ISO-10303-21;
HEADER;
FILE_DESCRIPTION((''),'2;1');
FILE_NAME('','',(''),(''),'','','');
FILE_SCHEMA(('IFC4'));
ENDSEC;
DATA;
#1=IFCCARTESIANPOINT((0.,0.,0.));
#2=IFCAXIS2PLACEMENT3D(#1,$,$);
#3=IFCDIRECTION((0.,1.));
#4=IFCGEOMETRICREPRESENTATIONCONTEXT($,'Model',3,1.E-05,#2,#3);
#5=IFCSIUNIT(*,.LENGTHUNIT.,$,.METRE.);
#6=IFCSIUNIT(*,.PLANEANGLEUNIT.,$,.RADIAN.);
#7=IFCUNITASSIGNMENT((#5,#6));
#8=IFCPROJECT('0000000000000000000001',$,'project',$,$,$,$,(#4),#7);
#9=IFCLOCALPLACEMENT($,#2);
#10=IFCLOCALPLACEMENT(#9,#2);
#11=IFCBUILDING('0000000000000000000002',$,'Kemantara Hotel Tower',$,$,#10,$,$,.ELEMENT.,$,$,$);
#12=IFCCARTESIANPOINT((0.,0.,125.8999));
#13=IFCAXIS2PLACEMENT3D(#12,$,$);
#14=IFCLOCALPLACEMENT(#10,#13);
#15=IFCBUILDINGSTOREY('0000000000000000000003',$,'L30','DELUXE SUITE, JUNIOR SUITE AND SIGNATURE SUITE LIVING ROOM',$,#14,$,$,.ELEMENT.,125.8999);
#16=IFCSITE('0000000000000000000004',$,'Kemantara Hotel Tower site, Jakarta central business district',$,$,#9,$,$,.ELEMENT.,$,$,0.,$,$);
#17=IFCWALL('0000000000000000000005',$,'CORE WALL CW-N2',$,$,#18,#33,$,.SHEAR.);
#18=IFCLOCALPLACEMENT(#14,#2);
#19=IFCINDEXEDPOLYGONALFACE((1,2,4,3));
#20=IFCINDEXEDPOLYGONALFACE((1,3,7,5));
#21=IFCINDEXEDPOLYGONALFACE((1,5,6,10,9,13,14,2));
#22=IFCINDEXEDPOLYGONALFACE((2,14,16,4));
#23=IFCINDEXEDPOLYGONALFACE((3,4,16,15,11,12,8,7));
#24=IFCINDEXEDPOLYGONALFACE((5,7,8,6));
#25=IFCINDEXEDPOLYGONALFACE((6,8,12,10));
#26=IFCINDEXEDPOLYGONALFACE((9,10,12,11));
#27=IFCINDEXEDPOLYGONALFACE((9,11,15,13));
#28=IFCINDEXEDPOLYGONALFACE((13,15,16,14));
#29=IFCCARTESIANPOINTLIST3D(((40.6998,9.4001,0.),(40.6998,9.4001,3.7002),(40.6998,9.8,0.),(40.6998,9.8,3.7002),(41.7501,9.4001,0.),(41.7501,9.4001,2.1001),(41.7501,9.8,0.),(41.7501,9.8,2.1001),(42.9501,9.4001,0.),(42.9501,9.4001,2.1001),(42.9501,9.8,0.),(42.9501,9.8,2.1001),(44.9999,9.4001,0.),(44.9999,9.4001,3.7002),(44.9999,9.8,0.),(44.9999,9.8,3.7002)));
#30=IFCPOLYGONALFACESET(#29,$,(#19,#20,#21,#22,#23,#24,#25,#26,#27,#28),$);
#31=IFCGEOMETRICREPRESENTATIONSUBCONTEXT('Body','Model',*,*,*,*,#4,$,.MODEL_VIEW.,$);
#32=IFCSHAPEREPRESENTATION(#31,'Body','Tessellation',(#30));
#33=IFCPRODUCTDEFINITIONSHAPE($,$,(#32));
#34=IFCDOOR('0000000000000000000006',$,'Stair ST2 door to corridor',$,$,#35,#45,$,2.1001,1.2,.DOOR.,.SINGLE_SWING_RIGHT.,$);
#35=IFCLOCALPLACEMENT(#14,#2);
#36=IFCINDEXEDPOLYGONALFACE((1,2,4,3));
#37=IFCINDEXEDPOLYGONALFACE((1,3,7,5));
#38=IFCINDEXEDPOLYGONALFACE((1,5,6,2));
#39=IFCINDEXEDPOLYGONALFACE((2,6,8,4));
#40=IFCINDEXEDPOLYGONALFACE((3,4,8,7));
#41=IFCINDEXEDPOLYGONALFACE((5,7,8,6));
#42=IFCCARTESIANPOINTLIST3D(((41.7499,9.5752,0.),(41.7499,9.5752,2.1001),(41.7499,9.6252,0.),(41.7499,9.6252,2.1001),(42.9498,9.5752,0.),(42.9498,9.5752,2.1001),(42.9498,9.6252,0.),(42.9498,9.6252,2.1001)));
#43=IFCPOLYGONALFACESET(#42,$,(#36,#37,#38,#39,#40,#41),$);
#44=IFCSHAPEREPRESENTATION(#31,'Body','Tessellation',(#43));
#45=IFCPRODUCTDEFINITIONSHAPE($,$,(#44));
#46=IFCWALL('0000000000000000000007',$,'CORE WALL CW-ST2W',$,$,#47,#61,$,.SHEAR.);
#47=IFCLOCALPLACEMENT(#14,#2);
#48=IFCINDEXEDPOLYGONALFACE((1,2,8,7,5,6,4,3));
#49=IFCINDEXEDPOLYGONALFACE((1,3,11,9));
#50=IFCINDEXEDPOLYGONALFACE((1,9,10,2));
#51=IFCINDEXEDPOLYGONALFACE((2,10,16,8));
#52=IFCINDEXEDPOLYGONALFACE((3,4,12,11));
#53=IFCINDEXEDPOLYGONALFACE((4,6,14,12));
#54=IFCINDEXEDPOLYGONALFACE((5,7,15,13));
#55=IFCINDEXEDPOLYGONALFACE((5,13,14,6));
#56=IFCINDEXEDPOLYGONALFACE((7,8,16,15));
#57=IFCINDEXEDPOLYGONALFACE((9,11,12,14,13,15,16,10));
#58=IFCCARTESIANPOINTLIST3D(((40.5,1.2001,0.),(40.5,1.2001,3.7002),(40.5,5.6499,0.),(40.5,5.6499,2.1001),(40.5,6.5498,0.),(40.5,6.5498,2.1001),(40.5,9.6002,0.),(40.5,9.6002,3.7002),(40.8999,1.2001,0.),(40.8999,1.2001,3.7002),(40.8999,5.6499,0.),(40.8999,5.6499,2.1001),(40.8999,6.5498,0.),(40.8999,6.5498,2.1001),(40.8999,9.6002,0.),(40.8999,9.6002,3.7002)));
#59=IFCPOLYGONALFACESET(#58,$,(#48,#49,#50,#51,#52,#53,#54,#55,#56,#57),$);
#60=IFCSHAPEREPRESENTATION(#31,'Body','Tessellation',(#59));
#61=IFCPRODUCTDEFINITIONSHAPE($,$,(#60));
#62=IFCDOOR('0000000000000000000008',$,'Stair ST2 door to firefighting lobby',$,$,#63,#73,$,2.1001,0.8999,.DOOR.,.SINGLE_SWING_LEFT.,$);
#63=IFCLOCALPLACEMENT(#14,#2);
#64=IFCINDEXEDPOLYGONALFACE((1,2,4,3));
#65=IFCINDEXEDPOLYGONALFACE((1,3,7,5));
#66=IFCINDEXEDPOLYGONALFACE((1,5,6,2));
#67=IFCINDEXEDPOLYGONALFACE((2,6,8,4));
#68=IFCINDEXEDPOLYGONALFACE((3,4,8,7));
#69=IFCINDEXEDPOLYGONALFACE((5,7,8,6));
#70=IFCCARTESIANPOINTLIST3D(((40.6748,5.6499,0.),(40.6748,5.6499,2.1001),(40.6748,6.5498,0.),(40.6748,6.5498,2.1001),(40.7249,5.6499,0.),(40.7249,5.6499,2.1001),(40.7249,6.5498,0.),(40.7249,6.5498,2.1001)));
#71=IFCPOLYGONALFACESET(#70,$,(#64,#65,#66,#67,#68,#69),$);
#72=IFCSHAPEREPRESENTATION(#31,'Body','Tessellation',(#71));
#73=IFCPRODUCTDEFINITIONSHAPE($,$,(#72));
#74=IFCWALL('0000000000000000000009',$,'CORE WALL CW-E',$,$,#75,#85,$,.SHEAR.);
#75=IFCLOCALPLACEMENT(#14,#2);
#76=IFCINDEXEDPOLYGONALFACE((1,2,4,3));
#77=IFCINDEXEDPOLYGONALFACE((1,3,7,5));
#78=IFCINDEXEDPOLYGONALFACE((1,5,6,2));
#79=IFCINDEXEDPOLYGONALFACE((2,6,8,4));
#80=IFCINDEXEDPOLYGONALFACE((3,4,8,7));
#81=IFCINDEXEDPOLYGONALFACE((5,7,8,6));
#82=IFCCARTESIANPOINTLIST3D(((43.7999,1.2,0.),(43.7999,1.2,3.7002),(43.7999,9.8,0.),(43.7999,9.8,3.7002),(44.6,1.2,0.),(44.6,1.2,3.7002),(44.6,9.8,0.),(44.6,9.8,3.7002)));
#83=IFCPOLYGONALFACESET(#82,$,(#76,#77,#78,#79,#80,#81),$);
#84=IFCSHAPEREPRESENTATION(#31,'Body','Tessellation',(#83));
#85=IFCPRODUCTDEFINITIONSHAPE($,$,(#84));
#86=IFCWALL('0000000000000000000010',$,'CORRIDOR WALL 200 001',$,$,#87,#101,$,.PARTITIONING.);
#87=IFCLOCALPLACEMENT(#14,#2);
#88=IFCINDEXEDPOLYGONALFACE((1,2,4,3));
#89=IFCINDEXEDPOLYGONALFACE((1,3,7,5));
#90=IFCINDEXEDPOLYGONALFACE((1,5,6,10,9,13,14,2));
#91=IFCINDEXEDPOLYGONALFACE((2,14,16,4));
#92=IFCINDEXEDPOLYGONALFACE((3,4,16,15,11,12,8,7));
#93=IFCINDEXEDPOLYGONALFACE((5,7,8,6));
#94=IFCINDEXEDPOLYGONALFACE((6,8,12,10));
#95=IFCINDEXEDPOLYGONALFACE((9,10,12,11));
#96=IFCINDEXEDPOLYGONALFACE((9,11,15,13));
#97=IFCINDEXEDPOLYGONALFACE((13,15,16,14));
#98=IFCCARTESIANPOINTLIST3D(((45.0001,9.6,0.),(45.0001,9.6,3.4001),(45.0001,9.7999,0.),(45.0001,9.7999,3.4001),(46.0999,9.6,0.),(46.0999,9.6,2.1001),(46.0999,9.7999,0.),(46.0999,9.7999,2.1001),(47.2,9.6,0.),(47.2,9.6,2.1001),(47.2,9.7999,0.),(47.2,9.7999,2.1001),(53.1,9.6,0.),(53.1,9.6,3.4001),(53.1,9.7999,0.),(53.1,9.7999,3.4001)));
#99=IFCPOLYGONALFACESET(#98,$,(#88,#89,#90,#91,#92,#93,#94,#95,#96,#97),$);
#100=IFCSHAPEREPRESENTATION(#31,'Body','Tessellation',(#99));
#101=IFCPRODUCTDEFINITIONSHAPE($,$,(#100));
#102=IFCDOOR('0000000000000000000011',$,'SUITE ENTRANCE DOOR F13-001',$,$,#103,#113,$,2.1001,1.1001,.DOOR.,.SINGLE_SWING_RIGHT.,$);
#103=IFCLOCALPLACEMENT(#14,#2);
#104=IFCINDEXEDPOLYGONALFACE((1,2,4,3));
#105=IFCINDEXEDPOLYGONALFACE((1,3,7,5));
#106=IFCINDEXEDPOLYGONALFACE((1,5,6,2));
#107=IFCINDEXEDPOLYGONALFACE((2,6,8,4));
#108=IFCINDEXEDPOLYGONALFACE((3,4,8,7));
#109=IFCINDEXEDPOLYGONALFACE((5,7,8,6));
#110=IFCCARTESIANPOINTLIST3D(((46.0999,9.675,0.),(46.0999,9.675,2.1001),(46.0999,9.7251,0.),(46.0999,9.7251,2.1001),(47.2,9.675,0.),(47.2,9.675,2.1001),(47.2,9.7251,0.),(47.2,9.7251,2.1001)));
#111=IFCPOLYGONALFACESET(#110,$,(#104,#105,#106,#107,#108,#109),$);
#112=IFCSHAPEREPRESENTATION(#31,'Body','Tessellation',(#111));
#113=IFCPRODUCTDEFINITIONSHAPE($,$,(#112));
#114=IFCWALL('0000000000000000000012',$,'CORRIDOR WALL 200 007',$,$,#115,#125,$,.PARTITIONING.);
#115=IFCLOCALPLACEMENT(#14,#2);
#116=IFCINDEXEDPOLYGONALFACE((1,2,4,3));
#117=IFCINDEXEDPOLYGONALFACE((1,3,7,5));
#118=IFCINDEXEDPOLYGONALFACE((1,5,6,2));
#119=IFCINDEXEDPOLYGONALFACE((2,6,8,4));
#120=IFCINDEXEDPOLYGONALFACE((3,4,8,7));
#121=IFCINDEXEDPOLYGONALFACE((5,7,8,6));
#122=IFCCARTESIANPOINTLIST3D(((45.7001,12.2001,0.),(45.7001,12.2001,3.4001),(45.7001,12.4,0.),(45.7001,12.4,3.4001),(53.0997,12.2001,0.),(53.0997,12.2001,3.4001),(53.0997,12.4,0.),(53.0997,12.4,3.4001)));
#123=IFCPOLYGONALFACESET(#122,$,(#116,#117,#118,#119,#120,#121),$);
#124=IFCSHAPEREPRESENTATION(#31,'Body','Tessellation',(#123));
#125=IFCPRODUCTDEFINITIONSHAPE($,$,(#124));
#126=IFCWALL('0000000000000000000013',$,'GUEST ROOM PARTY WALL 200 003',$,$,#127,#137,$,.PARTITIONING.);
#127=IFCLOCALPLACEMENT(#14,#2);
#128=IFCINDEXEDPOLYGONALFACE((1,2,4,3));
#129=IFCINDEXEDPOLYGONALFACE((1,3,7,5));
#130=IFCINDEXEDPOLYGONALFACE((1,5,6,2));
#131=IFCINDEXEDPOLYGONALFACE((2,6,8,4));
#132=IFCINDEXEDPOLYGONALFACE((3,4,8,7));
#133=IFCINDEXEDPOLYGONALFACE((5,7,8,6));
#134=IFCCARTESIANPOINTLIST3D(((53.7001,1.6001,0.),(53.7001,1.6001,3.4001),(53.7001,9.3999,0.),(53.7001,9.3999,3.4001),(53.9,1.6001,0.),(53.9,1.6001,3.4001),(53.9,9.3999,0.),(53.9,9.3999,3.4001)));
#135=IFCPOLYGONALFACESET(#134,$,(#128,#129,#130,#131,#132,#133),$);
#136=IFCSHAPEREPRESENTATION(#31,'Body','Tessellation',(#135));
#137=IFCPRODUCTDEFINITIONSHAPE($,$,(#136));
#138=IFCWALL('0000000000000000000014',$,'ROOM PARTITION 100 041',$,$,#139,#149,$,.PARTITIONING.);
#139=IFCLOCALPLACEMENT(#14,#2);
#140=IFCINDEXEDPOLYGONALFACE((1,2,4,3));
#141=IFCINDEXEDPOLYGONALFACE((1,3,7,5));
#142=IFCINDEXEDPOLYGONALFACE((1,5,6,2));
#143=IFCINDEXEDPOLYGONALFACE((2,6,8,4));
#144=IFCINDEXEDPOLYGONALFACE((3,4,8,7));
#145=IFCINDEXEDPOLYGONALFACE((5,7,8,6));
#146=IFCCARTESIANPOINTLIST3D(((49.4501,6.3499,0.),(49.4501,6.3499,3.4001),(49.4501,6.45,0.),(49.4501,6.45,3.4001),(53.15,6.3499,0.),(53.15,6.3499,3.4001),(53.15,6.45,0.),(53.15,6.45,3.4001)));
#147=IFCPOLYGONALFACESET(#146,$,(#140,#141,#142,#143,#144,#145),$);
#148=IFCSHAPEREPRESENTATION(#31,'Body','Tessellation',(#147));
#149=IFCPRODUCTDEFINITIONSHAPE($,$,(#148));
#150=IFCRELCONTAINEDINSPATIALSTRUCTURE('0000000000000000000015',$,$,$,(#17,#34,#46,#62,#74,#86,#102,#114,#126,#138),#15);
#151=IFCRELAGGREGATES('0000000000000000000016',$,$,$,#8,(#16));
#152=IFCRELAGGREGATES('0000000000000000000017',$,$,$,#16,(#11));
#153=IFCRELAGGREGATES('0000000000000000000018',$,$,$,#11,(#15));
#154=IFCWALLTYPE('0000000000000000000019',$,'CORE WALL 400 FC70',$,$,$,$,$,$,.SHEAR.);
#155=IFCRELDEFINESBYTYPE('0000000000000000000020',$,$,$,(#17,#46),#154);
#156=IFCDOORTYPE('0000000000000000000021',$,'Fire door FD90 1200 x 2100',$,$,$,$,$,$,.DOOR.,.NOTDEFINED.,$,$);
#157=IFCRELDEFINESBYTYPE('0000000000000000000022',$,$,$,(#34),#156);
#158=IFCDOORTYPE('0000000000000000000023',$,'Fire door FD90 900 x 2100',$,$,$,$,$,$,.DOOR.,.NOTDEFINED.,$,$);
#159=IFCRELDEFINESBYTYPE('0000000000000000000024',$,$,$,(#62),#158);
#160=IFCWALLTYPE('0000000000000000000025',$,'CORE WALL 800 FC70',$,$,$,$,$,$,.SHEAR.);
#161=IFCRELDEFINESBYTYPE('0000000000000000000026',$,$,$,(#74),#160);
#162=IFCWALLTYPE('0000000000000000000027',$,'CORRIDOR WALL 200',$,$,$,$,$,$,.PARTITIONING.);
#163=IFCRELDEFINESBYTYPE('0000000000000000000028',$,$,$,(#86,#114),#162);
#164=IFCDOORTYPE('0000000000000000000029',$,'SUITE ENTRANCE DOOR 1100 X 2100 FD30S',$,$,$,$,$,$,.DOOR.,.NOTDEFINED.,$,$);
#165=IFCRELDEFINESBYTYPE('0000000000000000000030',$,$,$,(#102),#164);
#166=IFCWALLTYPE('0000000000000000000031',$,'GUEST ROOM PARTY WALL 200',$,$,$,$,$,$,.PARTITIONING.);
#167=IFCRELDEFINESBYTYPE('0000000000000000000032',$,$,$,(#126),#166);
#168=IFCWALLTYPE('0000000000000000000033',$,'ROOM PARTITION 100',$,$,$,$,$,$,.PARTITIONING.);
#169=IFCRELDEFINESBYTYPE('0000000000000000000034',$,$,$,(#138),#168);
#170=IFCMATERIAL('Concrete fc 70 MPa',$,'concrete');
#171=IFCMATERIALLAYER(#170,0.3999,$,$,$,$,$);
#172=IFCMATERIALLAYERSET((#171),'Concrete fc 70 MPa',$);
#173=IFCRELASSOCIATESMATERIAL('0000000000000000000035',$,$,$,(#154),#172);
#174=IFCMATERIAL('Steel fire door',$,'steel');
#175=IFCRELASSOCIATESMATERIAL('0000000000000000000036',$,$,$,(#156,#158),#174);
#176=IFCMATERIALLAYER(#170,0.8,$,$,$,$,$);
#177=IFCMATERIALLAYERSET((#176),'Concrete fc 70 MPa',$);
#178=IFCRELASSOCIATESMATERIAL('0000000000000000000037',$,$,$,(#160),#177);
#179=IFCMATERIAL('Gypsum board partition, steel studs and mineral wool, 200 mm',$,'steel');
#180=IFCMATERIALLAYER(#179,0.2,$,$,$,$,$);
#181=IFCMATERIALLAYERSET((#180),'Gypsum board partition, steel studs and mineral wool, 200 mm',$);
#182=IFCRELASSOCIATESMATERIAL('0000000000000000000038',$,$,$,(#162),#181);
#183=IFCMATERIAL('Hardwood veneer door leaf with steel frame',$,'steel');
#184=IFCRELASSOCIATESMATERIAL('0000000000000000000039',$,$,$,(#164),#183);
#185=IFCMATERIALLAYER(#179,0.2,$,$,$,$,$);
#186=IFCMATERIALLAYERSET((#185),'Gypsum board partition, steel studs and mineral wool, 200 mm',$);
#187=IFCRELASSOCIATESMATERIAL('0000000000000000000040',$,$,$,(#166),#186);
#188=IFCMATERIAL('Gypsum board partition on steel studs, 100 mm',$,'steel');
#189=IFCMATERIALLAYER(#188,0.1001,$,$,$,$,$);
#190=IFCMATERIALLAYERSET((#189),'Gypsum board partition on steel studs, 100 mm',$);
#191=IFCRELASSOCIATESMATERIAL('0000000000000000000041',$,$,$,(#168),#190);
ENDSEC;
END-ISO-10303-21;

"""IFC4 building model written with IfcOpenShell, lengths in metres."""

from ifc_helpers import new_model, si_unit, direction, frame, frame_2d, origin, place, context, subcontext, project, spatial, rectangle, extrude, material, layer, layer_set, type_object, element, fill, save


model = new_model("IFC4")

# Units and contexts
model_context = context("Model", 3, precision=1e-05, world=origin(), true_north=direction((0.0, 1.0)))
body_context = subcontext(model_context, "Body", "Model", "MODEL_VIEW")
ifc_project = project(units=[si_unit("LENGTHUNIT", "METRE"), si_unit("PLANEANGLEUNIT", "RADIAN")], contexts=[model_context])

# Site, building, storey
site_placement = place(None, origin())
site = spatial("IfcSite", under=ifc_project, at=site_placement, Name="Kemantara Hotel Tower site, Jakarta central business district", CompositionType="ELEMENT", RefElevation=0.0)
building_placement = place(site_placement, origin())
building = spatial("IfcBuilding", under=site, at=building_placement, Name="Kemantara Hotel Tower", CompositionType="ELEMENT")
storey_placement = place(building_placement, frame((0.0, 0.0, 125.8999)))
storey = spatial("IfcBuildingStorey", under=building, at=storey_placement, Name="L30", Description="DELUXE SUITE, JUNIOR SUITE AND SIGNATURE SUITE LIVING ROOM", CompositionType="ELEMENT", Elevation=125.8999)

# Shared definitions
ifc_material_1 = material(Name="Concrete fc 70 MPa", Category="concrete")

# Walls, openings, doors
ifc_layer_1 = layer(ifc_material_1, 0.3999)
ifc_layer_set_1 = layer_set([ifc_layer_1], Name="Concrete fc 70 MPa")
wall_type_1 = type_object("IfcWallType", Name="CORE WALL 400 FC70", PredefinedType="SHEAR", material=ifc_layer_set_1)
wall_1_placement = place(storey_placement, frame((40.7, 9.6001, 0.0), z_axis=(0.0, 0.0, 1.0), x_axis=(1.0, 0.0, 0.0)))
wall_1 = element("IfcWall", 1, at=wall_1_placement, inside=storey, type_object=wall_type_1, Name="CORE WALL CW-N2", PredefinedType="SHEAR", context=body_context, shape_type="SweptSolid", body=[
    extrude(rectangle(XDim=4.3, YDim=0.3999, at=frame_2d((2.1499, 0.0))), origin(), (0.0, 0.0, 1.0), 3.7002),
])
opening_1_placement = place(wall_1_placement, frame((1.05, 0.0, 0.0)))
opening_1 = element("IfcOpeningElement", 2, at=opening_1_placement, cuts=wall_1, PredefinedType="OPENING", context=body_context, shape_type="SweptSolid", body=[
    extrude(rectangle(XDim=1.2, YDim=2.1001, at=frame_2d((0.6001, 1.05))), frame((0.0, 0.21, 0.0), z_axis=(0.0, -1.0, 0.0), x_axis=(1.0, 0.0, 0.0)), (0.0, 0.0, 1.0), 0.4199),
])
ifc_material_2 = material(Name="Steel fire door", Category="steel")
door_type_1 = type_object("IfcDoorType", Name="Fire door FD90 1200 x 2100", OperationType="NOTDEFINED", PredefinedType="DOOR", material=ifc_material_2)
door_1_placement = place(opening_1_placement, frame((1.2, 0.0, 0.0), z_axis=(0.0, 0.0, 1.0), x_axis=(-1.0, 0.0, 0.0)))
door_1 = element("IfcDoor", 3, at=door_1_placement, inside=storey, type_object=door_type_1, Name="Stair ST2 door to corridor", OperationType="SINGLE_SWING_RIGHT", OverallHeight=2.1001, OverallWidth=1.2, PredefinedType="DOOR", context=body_context, shape_type="SweptSolid", body=[
    extrude(rectangle(XDim=1.2, YDim=2.1001, at=frame_2d((0.6001, 1.05))), frame((0.0, 0.0249, 0.0), z_axis=(0.0, -1.0, 0.0), x_axis=(1.0, 0.0, 0.0)), (0.0, 0.0, 1.0), 0.05),
])
fill(opening_1, door_1)
wall_2_placement = place(storey_placement, frame((40.7, 1.2, 0.0), z_axis=(0.0, 0.0, 1.0), x_axis=(0.0, 1.0, 0.0)))
wall_2 = element("IfcWall", 4, at=wall_2_placement, inside=storey, type_object=wall_type_1, Name="CORE WALL CW-ST2W", PredefinedType="SHEAR", context=body_context, shape_type="SweptSolid", body=[
    extrude(rectangle(XDim=8.4001, YDim=0.3999, at=frame_2d((4.2002, 0.0))), origin(), (0.0, 0.0, 1.0), 3.7002),
])
opening_2_placement = place(wall_2_placement, frame((4.45, 0.0, 0.0)))
opening_2 = element("IfcOpeningElement", 5, at=opening_2_placement, cuts=wall_2, PredefinedType="OPENING", context=body_context, shape_type="SweptSolid", body=[
    extrude(rectangle(XDim=0.8999, YDim=2.1001, at=frame_2d((0.45, 1.05))), frame((0.0, 0.21, 0.0), z_axis=(0.0, -1.0, 0.0), x_axis=(1.0, 0.0, 0.0)), (0.0, 0.0, 1.0), 0.4199),
])
door_type_2 = type_object("IfcDoorType", Name="Fire door FD90 900 x 2100", OperationType="NOTDEFINED", PredefinedType="DOOR", material=ifc_material_2)
door_2_placement = place(opening_2_placement, frame((0.8999, 0.0, 0.0), z_axis=(0.0, 0.0, 1.0), x_axis=(-1.0, 0.0, 0.0)))
door_2 = element("IfcDoor", 6, at=door_2_placement, inside=storey, type_object=door_type_2, Name="Stair ST2 door to firefighting lobby", OperationType="SINGLE_SWING_LEFT", OverallHeight=2.1001, OverallWidth=0.8999, PredefinedType="DOOR", context=body_context, shape_type="SweptSolid", body=[
    extrude(rectangle(XDim=0.8999, YDim=2.1001, at=frame_2d((0.45, 1.05))), frame((0.0, 0.0249, 0.0), z_axis=(0.0, -1.0, 0.0), x_axis=(1.0, 0.0, 0.0)), (0.0, 0.0, 1.0), 0.05),
])
fill(opening_2, door_2)

# Wall
ifc_layer_2 = layer(ifc_material_1, 0.8)
ifc_layer_set_2 = layer_set([ifc_layer_2], Name="Concrete fc 70 MPa")
wall_type_2 = type_object("IfcWallType", Name="CORE WALL 800 FC70", PredefinedType="SHEAR", material=ifc_layer_set_2)
wall_3_placement = place(storey_placement, frame((44.2, 1.2, 0.0), z_axis=(0.0, 0.0, 1.0), x_axis=(0.0, 1.0, 0.0)))
element("IfcWall", 7, at=wall_3_placement, inside=storey, type_object=wall_type_2, Name="CORE WALL CW-E", PredefinedType="SHEAR", context=body_context, shape_type="SweptSolid", body=[
    extrude(rectangle(XDim=8.6001, YDim=0.8, at=frame_2d((4.3, 0.0))), origin(), (0.0, 0.0, 1.0), 3.7002),
])

# Wall, opening, door
ifc_material_3 = material(Name="Gypsum board partition, steel studs and mineral wool, 200 mm", Category="steel")
ifc_layer_3 = layer(ifc_material_3, 0.2)
ifc_layer_set_3 = layer_set([ifc_layer_3], Name="Gypsum board partition, steel studs and mineral wool, 200 mm")
wall_type_3 = type_object("IfcWallType", Name="CORRIDOR WALL 200", PredefinedType="PARTITIONING", material=ifc_layer_set_3)
wall_4_placement = place(storey_placement, frame((53.0999, 9.7, 0.0), z_axis=(0.0, 0.0, 1.0), x_axis=(-1.0, 0.0, 0.0)))
wall_4 = element("IfcWall", 8, at=wall_4_placement, inside=storey, type_object=wall_type_3, Name="CORRIDOR WALL 200 001", PredefinedType="PARTITIONING", context=body_context, shape_type="SweptSolid", body=[
    extrude(rectangle(XDim=8.0999, YDim=0.2, at=frame_2d((4.0498, 0.0))), origin(), (0.0, 0.0, 1.0), 3.4001),
])
opening_3_placement = place(wall_4_placement, frame((5.8999, 0.0, 0.0)))
opening_3 = element("IfcOpeningElement", 9, at=opening_3_placement, cuts=wall_4, PredefinedType="OPENING", context=body_context, shape_type="SweptSolid", body=[
    extrude(rectangle(XDim=1.1001, YDim=2.1001, at=frame_2d((0.55, 1.05))), frame((0.0, 0.1099, 0.0), z_axis=(0.0, -1.0, 0.0), x_axis=(1.0, 0.0, 0.0)), (0.0, 0.0, 1.0), 0.22),
])
ifc_material_4 = material(Name="Hardwood veneer door leaf with steel frame", Category="steel")
door_type_3 = type_object("IfcDoorType", Name="SUITE ENTRANCE DOOR 1100 X 2100 FD30S", OperationType="NOTDEFINED", PredefinedType="DOOR", material=ifc_material_4)
door_3_placement = place(opening_3_placement, origin())
door_3 = element("IfcDoor", 10, at=door_3_placement, inside=storey, type_object=door_type_3, Name="SUITE ENTRANCE DOOR F13-001", OperationType="SINGLE_SWING_RIGHT", OverallHeight=2.1001, OverallWidth=1.1001, PredefinedType="DOOR", context=body_context, shape_type="SweptSolid", body=[
    extrude(rectangle(XDim=1.1001, YDim=2.1001, at=frame_2d((0.55, 1.05))), frame((0.0, 0.0249, 0.0), z_axis=(0.0, -1.0, 0.0), x_axis=(1.0, 0.0, 0.0)), (0.0, 0.0, 1.0), 0.05),
])
fill(opening_3, door_3)

# Walls
wall_5_placement = place(storey_placement, frame((45.7002, 12.3, 0.0), z_axis=(0.0, 0.0, 1.0), x_axis=(1.0, 0.0, 0.0)))
element("IfcWall", 11, at=wall_5_placement, inside=storey, type_object=wall_type_3, Name="CORRIDOR WALL 200 007", PredefinedType="PARTITIONING", context=body_context, shape_type="SweptSolid", body=[
    extrude(rectangle(XDim=7.3997, YDim=0.2, at=frame_2d((3.6997, 0.0))), origin(), (0.0, 0.0, 1.0), 3.4001),
])
ifc_layer_4 = layer(ifc_material_3, 0.2)
ifc_layer_set_4 = layer_set([ifc_layer_4], Name="Gypsum board partition, steel studs and mineral wool, 200 mm")
wall_type_4 = type_object("IfcWallType", Name="GUEST ROOM PARTY WALL 200", PredefinedType="PARTITIONING", material=ifc_layer_set_4)
wall_6_placement = place(storey_placement, frame((53.8, 1.6001, 0.0), z_axis=(0.0, 0.0, 1.0), x_axis=(0.0, 1.0, 0.0)))
element("IfcWall", 12, at=wall_6_placement, inside=storey, type_object=wall_type_4, Name="GUEST ROOM PARTY WALL 200 003", PredefinedType="PARTITIONING", context=body_context, shape_type="SweptSolid", body=[
    extrude(rectangle(XDim=7.7998, YDim=0.2, at=frame_2d((3.8999, 0.0))), origin(), (0.0, 0.0, 1.0), 3.4001),
])
ifc_material_5 = material(Name="Gypsum board partition on steel studs, 100 mm", Category="steel")
ifc_layer_5 = layer(ifc_material_5, 0.1001)
ifc_layer_set_5 = layer_set([ifc_layer_5], Name="Gypsum board partition on steel studs, 100 mm")
wall_type_5 = type_object("IfcWallType", Name="ROOM PARTITION 100", PredefinedType="PARTITIONING", material=ifc_layer_set_5)
wall_7_placement = place(storey_placement, frame((49.45, 6.3999, 0.0), z_axis=(0.0, 0.0, 1.0), x_axis=(1.0, 0.0, 0.0)))
element("IfcWall", 13, at=wall_7_placement, inside=storey, type_object=wall_type_5, Name="ROOM PARTITION 100 041", PredefinedType="PARTITIONING", context=body_context, shape_type="SweptSolid", body=[
    extrude(rectangle(XDim=3.7, YDim=0.1001, at=frame_2d((1.8501, 0.0))), origin(), (0.0, 0.0, 1.0), 3.4001),
])

save(model, "model.ifc")
